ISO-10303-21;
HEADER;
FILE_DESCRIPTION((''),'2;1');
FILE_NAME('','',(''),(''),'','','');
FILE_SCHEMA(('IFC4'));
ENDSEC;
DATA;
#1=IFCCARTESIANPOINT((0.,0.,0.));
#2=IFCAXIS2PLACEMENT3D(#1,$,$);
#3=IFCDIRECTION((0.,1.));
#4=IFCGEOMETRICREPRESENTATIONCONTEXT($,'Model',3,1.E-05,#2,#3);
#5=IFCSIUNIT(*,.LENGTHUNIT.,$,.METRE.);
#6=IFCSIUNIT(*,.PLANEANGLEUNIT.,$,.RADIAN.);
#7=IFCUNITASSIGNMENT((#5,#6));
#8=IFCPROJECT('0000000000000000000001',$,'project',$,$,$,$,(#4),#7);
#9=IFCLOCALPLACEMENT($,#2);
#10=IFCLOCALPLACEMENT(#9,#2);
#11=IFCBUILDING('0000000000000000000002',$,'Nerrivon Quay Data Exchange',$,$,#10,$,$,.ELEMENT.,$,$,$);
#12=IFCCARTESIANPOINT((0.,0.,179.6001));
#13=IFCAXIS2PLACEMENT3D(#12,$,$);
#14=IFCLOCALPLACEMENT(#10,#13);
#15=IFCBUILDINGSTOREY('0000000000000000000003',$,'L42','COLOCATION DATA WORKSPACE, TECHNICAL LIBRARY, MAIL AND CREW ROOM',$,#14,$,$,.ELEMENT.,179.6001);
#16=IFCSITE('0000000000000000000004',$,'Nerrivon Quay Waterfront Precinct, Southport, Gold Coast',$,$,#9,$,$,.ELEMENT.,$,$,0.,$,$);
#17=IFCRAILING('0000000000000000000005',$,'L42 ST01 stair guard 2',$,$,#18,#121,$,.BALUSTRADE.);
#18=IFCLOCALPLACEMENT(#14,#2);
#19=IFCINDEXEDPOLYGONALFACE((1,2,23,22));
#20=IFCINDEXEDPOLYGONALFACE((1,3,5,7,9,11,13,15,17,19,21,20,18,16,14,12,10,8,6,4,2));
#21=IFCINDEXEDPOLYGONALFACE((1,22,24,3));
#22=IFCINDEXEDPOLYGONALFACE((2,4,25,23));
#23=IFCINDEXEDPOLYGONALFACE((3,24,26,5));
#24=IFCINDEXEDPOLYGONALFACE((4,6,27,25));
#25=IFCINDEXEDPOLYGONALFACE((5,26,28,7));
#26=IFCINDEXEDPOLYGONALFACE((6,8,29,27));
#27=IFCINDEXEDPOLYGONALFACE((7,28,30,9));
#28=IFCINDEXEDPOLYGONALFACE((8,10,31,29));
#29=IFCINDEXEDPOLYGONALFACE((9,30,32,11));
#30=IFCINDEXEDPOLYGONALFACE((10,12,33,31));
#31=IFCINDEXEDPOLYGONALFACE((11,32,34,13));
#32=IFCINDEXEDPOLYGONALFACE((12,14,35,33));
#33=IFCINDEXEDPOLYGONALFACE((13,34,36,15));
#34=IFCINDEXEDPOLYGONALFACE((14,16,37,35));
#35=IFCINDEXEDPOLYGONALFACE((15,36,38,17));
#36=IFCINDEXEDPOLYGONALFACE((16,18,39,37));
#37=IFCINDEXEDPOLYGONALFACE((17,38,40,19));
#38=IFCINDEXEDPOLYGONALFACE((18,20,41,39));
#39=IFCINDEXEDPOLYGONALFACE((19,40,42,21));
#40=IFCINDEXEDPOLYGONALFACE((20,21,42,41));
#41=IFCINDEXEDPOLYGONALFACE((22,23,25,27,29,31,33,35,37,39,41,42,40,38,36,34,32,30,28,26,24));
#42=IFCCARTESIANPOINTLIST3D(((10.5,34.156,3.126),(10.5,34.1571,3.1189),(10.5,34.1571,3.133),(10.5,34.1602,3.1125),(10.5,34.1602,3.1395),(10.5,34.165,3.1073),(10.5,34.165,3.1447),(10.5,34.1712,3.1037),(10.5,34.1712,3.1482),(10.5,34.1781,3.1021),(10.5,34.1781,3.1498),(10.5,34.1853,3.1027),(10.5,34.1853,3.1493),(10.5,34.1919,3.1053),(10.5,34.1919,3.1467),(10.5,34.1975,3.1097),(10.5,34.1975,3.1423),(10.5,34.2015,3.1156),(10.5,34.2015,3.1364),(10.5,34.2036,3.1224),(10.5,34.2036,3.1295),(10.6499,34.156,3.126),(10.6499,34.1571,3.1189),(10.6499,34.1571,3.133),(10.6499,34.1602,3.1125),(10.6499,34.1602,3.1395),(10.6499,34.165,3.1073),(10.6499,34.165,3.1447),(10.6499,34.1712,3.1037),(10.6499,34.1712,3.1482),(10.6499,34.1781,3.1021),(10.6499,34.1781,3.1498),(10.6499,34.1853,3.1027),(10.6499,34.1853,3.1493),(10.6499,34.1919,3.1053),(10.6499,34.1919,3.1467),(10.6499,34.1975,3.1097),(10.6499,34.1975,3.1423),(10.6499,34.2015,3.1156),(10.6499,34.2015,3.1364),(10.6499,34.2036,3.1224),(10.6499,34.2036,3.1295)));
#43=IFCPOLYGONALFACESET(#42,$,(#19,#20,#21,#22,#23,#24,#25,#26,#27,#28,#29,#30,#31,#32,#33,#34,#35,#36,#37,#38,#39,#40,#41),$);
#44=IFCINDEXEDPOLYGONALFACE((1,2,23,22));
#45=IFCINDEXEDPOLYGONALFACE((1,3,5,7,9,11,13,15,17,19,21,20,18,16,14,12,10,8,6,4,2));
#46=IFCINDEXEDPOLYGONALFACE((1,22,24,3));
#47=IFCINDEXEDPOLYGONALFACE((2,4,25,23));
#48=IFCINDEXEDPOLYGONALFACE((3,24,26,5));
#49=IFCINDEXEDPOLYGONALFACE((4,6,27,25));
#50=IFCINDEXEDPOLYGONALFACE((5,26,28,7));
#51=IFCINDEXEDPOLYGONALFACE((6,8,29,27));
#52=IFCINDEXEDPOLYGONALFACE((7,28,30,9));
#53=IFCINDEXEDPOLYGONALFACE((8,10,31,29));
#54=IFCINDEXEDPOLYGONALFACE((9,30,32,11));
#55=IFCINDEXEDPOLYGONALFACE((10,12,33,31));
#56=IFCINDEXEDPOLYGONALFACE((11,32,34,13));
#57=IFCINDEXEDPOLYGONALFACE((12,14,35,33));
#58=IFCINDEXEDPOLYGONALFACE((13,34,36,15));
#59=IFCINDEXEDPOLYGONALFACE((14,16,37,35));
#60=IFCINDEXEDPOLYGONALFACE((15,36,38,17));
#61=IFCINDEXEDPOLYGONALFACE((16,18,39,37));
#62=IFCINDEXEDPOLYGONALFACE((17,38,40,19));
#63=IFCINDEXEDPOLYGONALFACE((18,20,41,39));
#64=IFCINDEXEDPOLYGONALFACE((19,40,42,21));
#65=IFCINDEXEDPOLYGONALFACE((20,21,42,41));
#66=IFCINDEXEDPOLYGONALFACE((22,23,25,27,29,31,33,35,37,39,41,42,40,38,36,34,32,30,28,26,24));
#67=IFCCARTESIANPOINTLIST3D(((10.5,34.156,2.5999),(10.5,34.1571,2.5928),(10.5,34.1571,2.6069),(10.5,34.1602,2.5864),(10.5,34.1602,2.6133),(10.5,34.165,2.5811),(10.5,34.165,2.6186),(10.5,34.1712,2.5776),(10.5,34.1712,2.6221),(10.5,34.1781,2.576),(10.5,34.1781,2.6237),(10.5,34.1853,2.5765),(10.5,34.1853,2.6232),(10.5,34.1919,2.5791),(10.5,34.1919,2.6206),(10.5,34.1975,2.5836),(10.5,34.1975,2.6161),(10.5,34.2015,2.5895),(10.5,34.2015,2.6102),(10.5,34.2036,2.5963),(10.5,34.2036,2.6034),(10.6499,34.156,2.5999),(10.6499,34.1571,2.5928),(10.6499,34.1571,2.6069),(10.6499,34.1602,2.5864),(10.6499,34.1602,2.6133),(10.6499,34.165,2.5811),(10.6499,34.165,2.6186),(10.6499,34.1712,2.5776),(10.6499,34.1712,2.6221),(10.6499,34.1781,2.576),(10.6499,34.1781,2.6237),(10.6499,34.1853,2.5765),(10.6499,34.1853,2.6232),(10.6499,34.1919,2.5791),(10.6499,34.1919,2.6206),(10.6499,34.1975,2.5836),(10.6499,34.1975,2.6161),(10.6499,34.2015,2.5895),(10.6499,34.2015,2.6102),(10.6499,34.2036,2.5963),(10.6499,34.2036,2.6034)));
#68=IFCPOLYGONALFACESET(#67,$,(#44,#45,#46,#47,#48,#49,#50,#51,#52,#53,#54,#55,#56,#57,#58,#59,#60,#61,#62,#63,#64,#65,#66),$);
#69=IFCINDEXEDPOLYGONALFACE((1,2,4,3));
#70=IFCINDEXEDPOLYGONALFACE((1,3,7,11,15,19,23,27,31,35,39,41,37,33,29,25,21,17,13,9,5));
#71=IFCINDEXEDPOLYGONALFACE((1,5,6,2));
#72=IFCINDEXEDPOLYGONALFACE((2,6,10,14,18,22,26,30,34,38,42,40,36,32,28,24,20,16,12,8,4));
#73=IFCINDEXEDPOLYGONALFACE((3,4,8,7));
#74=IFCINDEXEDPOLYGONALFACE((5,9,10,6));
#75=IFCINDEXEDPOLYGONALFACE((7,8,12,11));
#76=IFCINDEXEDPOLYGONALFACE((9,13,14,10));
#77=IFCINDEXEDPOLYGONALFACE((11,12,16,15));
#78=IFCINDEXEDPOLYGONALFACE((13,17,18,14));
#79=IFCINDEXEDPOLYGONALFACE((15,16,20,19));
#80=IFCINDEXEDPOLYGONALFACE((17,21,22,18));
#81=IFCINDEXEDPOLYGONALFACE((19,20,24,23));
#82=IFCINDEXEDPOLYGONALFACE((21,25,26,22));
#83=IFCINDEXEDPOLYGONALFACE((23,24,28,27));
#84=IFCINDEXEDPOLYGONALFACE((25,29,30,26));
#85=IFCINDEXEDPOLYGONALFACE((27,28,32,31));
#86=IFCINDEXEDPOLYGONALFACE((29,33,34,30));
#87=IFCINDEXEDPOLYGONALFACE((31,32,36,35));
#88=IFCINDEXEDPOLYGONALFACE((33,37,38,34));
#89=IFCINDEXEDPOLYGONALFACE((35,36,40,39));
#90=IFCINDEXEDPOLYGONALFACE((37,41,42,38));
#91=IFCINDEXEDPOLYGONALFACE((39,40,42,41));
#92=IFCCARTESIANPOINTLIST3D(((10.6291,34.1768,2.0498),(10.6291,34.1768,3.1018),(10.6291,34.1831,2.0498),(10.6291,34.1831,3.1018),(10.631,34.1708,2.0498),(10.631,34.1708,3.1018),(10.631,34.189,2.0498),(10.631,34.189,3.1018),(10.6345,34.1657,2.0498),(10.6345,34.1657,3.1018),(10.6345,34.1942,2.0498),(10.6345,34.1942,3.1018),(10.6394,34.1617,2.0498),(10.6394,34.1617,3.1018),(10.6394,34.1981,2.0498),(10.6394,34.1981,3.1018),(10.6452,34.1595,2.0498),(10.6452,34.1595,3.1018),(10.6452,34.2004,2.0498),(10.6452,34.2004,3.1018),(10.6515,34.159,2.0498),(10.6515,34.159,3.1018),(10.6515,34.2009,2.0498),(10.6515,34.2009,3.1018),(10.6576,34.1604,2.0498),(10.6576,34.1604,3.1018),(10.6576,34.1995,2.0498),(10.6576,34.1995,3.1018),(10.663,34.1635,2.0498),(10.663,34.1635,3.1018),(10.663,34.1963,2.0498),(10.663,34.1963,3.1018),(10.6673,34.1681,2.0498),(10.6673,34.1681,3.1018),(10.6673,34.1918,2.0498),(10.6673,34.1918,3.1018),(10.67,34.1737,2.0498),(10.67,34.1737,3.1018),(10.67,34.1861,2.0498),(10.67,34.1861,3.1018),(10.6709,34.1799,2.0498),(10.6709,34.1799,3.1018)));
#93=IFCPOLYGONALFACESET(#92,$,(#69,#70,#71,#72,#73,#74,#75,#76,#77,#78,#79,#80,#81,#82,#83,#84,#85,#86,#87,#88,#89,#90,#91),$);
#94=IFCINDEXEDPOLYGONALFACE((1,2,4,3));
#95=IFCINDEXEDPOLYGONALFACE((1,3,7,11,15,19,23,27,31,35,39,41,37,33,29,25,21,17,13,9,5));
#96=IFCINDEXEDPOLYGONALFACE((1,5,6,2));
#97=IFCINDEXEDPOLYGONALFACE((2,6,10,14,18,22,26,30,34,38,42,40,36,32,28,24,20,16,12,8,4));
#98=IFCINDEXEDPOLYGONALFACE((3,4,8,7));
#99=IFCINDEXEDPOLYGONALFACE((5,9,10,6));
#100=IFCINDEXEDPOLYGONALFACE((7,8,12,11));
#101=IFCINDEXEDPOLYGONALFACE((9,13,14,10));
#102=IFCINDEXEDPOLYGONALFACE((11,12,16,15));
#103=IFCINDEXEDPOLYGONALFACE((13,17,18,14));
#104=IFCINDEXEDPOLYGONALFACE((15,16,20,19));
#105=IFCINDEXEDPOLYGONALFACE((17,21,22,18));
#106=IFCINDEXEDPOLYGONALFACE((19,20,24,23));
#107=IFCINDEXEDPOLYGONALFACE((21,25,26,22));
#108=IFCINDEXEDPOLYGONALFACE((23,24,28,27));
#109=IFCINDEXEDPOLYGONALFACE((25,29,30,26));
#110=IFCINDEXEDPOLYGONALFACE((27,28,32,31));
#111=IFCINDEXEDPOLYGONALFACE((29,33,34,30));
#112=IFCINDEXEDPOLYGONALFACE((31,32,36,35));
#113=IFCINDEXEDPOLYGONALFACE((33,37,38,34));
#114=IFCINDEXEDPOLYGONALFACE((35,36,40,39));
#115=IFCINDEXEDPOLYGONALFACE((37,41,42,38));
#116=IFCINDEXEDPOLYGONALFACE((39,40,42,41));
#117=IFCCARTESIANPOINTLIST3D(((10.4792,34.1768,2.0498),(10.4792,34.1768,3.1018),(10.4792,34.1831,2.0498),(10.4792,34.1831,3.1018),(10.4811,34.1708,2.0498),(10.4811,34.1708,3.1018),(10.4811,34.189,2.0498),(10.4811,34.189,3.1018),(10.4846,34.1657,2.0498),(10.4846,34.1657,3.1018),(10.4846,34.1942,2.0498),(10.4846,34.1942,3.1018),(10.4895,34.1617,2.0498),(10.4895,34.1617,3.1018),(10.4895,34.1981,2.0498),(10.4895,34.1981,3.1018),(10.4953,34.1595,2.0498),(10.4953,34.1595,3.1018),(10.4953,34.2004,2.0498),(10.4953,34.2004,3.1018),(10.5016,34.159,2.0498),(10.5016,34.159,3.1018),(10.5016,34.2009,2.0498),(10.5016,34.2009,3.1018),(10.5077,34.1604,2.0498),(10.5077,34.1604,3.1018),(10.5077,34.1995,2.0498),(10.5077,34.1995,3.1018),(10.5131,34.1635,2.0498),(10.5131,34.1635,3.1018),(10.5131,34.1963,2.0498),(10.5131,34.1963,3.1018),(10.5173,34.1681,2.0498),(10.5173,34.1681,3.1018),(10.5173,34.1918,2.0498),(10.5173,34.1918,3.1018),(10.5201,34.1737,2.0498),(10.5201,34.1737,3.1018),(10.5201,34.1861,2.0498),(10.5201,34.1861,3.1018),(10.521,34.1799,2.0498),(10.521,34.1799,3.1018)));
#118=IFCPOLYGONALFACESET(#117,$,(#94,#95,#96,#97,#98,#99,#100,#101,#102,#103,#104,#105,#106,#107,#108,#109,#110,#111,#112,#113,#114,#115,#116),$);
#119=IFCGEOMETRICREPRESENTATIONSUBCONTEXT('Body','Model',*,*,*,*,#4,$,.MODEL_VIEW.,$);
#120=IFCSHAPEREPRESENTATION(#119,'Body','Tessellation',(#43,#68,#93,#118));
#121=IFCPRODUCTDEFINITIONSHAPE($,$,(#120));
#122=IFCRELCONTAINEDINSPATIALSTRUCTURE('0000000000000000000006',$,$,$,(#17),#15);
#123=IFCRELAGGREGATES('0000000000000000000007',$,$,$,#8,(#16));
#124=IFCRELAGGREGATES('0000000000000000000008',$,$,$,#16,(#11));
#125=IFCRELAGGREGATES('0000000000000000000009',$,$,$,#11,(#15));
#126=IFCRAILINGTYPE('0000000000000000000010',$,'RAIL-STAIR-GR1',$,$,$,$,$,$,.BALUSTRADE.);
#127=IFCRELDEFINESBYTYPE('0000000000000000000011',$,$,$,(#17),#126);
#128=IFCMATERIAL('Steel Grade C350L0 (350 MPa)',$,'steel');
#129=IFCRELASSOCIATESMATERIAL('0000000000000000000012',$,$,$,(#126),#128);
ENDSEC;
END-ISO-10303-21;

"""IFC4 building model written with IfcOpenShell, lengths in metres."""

from ifc_helpers import new_model, si_unit, direction, frame, origin, origin_2d, place, context, subcontext, project, spatial, circle, extrude, material, type_object, element, save


model = new_model("IFC4")

# Units and contexts
model_context = context("Model", 3, precision=1e-05, world=origin(), true_north=direction((0.0, 1.0)))
body_context = subcontext(model_context, "Body", "Model", "MODEL_VIEW")
ifc_project = project(units=[si_unit("LENGTHUNIT", "METRE"), si_unit("PLANEANGLEUNIT", "RADIAN")], contexts=[model_context])

# Site, building, storey
site_placement = place(None, origin())
site = spatial("IfcSite", under=ifc_project, at=site_placement, Name="Nerrivon Quay Waterfront Precinct, Southport, Gold Coast", CompositionType="ELEMENT", RefElevation=0.0)
building_placement = place(site_placement, origin())
building = spatial("IfcBuilding", under=site, at=building_placement, Name="Nerrivon Quay Data Exchange", CompositionType="ELEMENT")
storey_placement = place(building_placement, frame((0.0, 0.0, 179.6001)))
storey = spatial("IfcBuildingStorey", under=building, at=storey_placement, Name="L42", Description="COLOCATION DATA WORKSPACE, TECHNICAL LIBRARY, MAIL AND CREW ROOM", CompositionType="ELEMENT", Elevation=179.6001)

# Railing
ifc_material_1 = material(Name="Steel Grade C350L0 (350 MPa)", Category="steel")
railing_type_1 = type_object("IfcRailingType", Name="RAIL-STAIR-GR1", PredefinedType="BALUSTRADE", material=ifc_material_1)
railing_1_placement = place(storey_placement, frame((10.6499, 34.1799, 2.0498)))
element("IfcRailing", 1, at=railing_1_placement, inside=storey, type_object=railing_type_1, Name="L42 ST01 stair guard 2", PredefinedType="BALUSTRADE", context=body_context, shape_type="SweptSolid", body=[
    extrude(circle(Radius=0.0239, at=origin_2d()), frame((0.0, 0.0, 1.0762), z_axis=(-1.0, 0.0, 0.0), x_axis=(0.0, -1.0, 0.0)), (0.0, 0.0, 1.0), 0.1499),
    extrude(circle(Radius=0.0239, at=origin_2d()), frame((0.0, 0.0, 0.55), z_axis=(-1.0, 0.0, 0.0), x_axis=(0.0, -1.0, 0.0)), (0.0, 0.0, 1.0), 0.1499),
    extrude(circle(Radius=0.021, at=origin_2d()), origin(), (0.0, 0.0, 1.0), 1.052),
    extrude(circle(Radius=0.021, at=origin_2d()), frame((-0.1499, 0.0, 0.0)), (0.0, 0.0, 1.0), 1.052),
])

save(model, "model.ifc")
